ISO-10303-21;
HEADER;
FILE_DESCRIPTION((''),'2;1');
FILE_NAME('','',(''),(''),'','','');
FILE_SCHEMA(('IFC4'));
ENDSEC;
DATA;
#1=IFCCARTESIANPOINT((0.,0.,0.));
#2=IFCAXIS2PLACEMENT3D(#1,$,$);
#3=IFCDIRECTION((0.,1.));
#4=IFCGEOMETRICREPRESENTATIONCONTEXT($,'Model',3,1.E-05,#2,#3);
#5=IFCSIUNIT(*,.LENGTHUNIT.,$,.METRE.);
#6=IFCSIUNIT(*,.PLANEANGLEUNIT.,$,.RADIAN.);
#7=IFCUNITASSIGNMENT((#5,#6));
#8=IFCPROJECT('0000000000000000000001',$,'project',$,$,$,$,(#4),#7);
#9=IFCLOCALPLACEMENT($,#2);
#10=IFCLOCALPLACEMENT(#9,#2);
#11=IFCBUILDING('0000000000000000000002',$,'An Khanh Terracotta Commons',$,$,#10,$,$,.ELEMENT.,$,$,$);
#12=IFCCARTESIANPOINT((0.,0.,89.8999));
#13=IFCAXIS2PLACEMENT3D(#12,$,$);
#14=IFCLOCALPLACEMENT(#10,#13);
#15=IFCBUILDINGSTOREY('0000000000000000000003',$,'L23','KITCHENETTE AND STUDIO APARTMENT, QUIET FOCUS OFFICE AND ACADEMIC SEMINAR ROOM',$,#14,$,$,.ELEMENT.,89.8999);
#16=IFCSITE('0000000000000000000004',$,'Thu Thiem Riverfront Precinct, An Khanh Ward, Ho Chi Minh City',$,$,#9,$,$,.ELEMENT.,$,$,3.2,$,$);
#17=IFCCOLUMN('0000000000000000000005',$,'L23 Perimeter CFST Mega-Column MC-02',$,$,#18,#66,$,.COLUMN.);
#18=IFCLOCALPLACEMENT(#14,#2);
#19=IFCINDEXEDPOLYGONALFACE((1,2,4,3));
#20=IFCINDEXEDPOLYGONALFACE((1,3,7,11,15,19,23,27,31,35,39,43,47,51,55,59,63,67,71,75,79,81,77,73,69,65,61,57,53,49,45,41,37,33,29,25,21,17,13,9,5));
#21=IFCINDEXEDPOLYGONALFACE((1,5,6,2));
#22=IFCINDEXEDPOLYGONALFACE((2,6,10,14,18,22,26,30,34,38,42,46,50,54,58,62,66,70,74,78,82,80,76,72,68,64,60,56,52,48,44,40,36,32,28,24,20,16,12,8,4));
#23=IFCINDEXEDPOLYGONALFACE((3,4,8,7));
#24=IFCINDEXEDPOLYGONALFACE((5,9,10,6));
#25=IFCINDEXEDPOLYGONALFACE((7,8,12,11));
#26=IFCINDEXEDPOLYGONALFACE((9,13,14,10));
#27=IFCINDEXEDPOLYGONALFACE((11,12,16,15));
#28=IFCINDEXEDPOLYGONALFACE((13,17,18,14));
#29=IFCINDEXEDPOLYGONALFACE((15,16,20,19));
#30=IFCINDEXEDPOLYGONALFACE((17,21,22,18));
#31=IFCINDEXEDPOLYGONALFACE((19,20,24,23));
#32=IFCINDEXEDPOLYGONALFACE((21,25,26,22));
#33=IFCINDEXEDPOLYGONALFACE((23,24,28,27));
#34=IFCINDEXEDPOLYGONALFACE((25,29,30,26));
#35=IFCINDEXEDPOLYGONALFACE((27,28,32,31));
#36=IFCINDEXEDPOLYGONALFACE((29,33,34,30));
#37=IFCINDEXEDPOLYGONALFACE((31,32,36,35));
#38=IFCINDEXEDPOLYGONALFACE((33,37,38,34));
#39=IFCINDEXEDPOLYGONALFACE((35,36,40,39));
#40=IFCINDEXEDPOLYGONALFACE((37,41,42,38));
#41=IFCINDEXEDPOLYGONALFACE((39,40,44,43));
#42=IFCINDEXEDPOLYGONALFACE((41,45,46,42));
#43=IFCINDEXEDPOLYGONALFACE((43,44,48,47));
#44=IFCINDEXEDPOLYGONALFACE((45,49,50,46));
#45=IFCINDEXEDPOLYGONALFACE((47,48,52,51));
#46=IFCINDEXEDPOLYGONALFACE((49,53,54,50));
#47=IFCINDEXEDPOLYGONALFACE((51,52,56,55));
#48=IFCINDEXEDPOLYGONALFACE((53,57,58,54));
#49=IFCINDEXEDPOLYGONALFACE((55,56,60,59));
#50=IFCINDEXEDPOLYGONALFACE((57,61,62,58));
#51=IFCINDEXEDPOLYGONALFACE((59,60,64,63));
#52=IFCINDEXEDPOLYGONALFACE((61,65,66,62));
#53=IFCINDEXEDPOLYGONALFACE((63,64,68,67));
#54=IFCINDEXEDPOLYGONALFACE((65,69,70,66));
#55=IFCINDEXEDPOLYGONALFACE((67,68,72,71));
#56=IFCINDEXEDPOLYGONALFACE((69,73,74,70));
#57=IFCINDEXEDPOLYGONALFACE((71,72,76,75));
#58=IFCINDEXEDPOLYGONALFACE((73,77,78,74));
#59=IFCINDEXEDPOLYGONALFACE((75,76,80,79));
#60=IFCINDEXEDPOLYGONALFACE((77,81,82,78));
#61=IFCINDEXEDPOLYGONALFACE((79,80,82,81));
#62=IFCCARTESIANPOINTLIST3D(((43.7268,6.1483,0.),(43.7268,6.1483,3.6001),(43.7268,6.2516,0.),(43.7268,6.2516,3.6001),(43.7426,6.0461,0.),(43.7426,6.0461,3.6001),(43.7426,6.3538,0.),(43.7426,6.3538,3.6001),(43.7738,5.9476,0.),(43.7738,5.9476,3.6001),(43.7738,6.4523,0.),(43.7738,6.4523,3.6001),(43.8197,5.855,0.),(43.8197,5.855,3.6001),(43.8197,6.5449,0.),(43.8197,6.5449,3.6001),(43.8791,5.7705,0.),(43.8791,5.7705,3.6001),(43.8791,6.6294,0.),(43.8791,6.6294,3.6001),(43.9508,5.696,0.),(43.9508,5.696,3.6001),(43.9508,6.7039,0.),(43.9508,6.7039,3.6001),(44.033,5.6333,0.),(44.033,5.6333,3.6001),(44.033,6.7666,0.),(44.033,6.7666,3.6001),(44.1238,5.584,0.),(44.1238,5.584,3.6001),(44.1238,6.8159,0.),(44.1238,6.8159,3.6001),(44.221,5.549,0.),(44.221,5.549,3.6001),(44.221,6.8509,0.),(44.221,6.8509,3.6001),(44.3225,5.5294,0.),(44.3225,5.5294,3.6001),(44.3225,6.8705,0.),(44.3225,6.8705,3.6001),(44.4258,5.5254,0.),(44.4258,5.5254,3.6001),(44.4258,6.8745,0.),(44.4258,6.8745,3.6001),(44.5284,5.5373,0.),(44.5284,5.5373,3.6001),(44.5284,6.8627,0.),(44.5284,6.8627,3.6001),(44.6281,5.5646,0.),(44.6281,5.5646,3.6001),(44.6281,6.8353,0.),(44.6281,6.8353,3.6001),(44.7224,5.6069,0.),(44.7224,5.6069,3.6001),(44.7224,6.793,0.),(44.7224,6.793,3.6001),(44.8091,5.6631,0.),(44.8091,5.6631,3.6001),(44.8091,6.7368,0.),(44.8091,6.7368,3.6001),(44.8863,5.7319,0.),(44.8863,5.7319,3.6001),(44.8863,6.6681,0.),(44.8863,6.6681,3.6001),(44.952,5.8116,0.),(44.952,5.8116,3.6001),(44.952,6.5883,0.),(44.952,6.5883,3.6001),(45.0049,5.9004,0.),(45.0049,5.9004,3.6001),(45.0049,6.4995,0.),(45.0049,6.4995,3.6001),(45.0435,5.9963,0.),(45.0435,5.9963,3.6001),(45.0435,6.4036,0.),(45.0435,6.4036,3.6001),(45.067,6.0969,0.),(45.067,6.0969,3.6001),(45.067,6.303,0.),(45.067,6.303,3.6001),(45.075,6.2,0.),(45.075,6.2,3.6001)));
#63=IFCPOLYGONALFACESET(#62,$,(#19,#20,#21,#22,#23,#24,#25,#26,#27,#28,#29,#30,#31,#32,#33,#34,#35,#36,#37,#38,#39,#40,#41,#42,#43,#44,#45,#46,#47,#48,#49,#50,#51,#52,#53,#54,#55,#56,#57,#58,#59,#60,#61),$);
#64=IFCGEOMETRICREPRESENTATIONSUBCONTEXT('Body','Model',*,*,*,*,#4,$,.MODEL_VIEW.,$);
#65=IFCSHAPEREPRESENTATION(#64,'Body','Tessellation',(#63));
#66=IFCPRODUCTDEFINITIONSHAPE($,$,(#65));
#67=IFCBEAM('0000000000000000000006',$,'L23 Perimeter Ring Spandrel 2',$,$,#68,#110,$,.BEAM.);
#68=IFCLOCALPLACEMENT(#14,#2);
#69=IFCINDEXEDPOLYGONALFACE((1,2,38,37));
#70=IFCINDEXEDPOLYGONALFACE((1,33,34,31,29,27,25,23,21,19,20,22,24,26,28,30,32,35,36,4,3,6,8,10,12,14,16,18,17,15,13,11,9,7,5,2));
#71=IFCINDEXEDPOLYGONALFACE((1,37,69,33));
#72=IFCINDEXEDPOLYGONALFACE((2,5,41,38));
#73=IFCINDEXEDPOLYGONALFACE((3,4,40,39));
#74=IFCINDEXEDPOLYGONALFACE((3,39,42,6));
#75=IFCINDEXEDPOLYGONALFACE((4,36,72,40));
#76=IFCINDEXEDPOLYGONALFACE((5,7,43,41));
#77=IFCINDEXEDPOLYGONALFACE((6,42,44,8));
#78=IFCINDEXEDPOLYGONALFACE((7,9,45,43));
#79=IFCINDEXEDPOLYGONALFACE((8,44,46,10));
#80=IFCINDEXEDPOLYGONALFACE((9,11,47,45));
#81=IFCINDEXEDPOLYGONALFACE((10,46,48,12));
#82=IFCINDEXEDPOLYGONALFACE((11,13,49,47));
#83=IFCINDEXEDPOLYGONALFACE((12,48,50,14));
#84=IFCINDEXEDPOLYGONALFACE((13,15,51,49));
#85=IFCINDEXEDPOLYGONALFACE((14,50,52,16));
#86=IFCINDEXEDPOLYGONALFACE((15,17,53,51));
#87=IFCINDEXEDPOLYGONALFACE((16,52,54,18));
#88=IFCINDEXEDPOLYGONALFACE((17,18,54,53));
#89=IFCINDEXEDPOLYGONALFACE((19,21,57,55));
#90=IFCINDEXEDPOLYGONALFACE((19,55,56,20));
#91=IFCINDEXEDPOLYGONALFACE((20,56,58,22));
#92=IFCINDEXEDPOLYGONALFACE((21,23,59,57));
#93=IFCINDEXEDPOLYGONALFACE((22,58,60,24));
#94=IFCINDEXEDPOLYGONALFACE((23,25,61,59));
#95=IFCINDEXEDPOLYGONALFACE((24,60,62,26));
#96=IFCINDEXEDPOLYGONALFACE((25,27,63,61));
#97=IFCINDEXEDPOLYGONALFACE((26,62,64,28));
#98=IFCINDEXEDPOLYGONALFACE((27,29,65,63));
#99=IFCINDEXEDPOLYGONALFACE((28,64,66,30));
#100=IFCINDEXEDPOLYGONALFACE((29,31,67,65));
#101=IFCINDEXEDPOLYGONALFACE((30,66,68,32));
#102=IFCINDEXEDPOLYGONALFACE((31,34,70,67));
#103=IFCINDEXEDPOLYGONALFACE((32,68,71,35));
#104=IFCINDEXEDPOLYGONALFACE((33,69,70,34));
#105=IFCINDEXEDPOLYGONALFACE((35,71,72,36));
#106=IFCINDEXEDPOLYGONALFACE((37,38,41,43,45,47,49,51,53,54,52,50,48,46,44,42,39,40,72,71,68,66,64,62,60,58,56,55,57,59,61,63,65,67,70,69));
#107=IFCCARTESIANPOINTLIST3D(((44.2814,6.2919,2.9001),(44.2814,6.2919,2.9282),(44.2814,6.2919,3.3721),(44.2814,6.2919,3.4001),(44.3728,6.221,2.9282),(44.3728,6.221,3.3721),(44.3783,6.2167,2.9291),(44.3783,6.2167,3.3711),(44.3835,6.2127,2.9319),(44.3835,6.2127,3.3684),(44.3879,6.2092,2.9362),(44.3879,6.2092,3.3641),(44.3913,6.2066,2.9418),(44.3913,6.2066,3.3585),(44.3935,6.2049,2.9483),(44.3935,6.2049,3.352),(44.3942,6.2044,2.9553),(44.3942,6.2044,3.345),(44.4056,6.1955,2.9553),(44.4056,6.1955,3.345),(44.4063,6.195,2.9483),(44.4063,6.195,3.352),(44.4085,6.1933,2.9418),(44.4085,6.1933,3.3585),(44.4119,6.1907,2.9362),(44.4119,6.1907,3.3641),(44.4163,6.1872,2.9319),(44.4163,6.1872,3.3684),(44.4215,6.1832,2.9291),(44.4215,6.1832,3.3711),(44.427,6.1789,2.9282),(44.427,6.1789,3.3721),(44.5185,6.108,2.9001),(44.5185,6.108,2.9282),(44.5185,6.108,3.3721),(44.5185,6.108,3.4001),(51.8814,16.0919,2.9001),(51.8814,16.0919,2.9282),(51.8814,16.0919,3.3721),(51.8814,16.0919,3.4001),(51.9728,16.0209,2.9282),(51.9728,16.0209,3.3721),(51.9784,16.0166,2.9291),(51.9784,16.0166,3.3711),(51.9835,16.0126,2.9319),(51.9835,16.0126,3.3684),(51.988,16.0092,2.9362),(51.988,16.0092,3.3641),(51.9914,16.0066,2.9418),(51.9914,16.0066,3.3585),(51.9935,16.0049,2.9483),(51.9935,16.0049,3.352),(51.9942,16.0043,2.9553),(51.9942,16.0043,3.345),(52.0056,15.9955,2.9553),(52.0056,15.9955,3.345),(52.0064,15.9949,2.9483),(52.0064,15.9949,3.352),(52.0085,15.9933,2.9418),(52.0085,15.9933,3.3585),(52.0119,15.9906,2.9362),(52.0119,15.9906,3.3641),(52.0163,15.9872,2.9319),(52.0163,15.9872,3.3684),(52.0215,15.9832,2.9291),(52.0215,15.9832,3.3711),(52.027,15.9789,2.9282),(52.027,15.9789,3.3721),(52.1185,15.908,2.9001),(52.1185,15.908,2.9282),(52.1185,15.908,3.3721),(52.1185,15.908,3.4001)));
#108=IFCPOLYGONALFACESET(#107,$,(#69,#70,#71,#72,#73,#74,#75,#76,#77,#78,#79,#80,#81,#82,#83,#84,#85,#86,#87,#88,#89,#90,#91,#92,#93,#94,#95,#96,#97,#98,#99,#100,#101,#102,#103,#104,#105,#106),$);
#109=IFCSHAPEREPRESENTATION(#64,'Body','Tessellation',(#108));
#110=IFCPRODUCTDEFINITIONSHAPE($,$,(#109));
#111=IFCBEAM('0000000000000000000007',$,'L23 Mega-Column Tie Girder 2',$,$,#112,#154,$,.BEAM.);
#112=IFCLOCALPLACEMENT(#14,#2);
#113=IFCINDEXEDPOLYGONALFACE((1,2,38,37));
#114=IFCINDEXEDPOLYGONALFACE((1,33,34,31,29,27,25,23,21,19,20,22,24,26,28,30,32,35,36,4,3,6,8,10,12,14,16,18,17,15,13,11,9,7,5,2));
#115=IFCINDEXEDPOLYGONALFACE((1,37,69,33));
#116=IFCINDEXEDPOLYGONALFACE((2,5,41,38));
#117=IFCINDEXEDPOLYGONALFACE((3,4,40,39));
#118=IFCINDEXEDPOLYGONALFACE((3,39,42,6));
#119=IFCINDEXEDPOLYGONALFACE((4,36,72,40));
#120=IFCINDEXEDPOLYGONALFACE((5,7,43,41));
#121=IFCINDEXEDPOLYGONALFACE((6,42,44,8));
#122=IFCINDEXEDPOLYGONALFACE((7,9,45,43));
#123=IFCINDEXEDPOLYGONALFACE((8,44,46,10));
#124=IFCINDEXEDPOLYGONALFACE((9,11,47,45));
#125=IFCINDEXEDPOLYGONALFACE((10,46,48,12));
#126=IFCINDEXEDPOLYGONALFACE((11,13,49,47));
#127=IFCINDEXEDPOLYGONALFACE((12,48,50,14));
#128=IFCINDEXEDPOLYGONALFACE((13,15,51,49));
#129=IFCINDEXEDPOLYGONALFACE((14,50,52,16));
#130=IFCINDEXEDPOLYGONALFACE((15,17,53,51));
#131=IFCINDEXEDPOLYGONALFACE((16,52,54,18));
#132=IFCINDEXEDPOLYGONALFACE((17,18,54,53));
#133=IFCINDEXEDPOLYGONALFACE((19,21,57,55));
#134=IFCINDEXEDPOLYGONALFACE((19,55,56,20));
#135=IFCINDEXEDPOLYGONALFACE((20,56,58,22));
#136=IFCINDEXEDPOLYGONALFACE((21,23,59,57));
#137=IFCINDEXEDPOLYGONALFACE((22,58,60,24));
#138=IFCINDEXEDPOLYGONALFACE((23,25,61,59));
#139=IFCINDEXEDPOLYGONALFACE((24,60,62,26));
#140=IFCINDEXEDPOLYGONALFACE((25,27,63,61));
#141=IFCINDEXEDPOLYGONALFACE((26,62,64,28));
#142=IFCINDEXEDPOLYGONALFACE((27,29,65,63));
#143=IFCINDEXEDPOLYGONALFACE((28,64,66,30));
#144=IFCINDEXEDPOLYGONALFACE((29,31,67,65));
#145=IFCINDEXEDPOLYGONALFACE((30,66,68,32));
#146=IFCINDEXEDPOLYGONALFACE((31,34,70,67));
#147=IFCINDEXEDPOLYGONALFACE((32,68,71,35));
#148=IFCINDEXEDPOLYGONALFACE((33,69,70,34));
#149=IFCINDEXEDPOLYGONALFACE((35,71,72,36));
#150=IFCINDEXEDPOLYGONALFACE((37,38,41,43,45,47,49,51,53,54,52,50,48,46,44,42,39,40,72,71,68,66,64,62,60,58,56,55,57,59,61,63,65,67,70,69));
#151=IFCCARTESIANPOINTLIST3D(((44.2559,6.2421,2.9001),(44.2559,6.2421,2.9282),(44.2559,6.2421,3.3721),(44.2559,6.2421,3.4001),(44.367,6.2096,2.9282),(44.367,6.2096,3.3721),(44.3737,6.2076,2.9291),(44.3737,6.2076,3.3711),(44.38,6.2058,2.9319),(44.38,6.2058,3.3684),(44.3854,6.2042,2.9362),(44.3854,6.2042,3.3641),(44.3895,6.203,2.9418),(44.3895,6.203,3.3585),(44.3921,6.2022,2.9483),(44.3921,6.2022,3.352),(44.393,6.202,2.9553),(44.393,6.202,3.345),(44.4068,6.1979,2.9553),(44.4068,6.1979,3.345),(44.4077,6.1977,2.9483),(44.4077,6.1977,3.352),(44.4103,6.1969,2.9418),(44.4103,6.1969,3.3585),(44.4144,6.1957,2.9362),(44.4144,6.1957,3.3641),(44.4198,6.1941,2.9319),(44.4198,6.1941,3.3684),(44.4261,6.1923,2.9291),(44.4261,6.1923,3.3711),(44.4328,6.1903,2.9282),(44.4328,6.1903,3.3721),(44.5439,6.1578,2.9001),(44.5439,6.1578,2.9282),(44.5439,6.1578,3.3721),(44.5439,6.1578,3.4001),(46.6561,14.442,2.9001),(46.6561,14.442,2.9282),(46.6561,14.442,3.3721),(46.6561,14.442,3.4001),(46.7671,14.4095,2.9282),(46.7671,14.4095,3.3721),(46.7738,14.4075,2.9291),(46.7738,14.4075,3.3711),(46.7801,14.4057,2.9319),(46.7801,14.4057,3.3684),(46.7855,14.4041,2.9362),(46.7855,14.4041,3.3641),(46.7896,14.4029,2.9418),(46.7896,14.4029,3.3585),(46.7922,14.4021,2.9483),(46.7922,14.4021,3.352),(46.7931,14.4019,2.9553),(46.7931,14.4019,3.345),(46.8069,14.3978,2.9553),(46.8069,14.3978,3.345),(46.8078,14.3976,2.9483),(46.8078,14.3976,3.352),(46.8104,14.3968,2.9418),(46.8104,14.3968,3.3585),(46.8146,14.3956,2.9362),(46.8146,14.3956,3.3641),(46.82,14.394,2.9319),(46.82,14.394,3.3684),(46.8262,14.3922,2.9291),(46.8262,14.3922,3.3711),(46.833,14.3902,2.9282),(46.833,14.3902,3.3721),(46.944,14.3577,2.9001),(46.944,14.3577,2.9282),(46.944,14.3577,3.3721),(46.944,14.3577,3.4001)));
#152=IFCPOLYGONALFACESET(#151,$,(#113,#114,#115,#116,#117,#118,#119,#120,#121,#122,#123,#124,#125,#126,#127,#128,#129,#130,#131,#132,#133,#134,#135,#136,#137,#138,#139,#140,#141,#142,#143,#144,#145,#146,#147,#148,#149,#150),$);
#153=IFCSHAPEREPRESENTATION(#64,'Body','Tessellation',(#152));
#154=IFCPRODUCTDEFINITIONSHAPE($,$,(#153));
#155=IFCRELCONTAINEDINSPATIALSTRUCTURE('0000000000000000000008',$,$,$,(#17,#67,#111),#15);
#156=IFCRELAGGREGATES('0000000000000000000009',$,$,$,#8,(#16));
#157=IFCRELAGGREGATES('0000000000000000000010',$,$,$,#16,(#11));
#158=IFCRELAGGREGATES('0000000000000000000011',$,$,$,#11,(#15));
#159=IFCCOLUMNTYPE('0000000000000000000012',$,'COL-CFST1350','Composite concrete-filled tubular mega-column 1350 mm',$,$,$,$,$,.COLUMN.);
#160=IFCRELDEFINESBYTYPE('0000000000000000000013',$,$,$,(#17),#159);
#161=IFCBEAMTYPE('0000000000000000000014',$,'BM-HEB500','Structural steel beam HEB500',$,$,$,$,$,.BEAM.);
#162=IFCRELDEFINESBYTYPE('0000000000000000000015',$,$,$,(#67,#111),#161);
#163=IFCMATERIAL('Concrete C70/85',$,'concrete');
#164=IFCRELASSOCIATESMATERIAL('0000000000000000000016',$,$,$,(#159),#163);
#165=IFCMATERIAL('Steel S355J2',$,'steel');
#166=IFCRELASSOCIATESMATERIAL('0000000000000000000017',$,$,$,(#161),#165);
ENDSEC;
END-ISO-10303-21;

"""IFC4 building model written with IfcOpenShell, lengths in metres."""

from ifc_helpers import new_model, si_unit, direction, frame, origin, origin_2d, place, context, subcontext, project, spatial, circle, i_section, extrude, material, material_profile, profile_set, type_object, element, save


model = new_model("IFC4")

# Units and contexts
model_context = context("Model", 3, precision=1e-05, world=origin(), true_north=direction((0.0, 1.0)))
body_context = subcontext(model_context, "Body", "Model", "MODEL_VIEW")
ifc_project = project(units=[si_unit("LENGTHUNIT", "METRE"), si_unit("PLANEANGLEUNIT", "RADIAN")], contexts=[model_context])

# Site, building, storey
site_placement = place(None, origin())
site = spatial("IfcSite", under=ifc_project, at=site_placement, Name="Thu Thiem Riverfront Precinct, An Khanh Ward, Ho Chi Minh City", CompositionType="ELEMENT", RefElevation=3.2)
building_placement = place(site_placement, origin())
building = spatial("IfcBuilding", under=site, at=building_placement, Name="An Khanh Terracotta Commons", CompositionType="ELEMENT")
storey_placement = place(building_placement, frame((0.0, 0.0, 89.8999)))
storey = spatial("IfcBuildingStorey", under=building, at=storey_placement, Name="L23", Description="KITCHENETTE AND STUDIO APARTMENT, QUIET FOCUS OFFICE AND ACADEMIC SEMINAR ROOM", CompositionType="ELEMENT", Elevation=89.8999)

# Column
ifc_material_1 = material(Name="Concrete C70/85", Category="concrete")
ifc_material_profile_1 = material_profile(ifc_material_1, circle(Radius=0.675, at=origin_2d()), Name="CFST1350")
ifc_profile_set_1 = profile_set([ifc_material_profile_1], Name="Concrete C70/85")
column_type = type_object("IfcColumnType", Name="COL-CFST1350", Description="Composite concrete-filled tubular mega-column 1350 mm", PredefinedType="COLUMN", material=ifc_profile_set_1)
column_placement = place(storey_placement, frame((44.3999, 6.2, 0.0), z_axis=(0.0, 0.0, 1.0), x_axis=(1.0, 0.0, 0.0)))
element("IfcColumn", 1, at=column_placement, inside=storey, type_object=column_type, Name="L23 Perimeter CFST Mega-Column MC-02", PredefinedType="COLUMN", context=body_context, shape_type="SweptSolid", body=[
    extrude(circle(Radius=0.675, at=origin_2d()), origin(), (0.0, 0.0, 1.0), 3.6001),
])

# Beams
ifc_material_2 = material(Name="Steel S355J2", Category="steel")
ifc_material_profile_2 = material_profile(ifc_material_2, i_section(OverallWidth=0.3, OverallDepth=0.5, WebThickness=0.0144, FlangeThickness=0.0281, FilletRadius=0.0271, at=origin_2d()), Name="HEB500")
ifc_profile_set_2 = profile_set([ifc_material_profile_2], Name="Steel S355J2")
beam_type = type_object("IfcBeamType", Name="BM-HEB500", Description="Structural steel beam HEB500", PredefinedType="BEAM", material=ifc_profile_set_2)
beam_1_placement = place(storey_placement, frame((44.3999, 6.2, 3.1501), z_axis=(0.612827, 0.790217, 0.0), x_axis=(-0.790217, 0.612827, 0.0)))
element("IfcBeam", 2, at=beam_1_placement, inside=storey, type_object=beam_type, Name="L23 Perimeter Ring Spandrel 2", PredefinedType="BEAM", context=body_context, shape_type="SweptSolid", body=[
    extrude(i_section(OverallWidth=0.3, OverallDepth=0.5, WebThickness=0.0144, FlangeThickness=0.0281, FilletRadius=0.0271, at=origin_2d()), origin(), (0.0, 0.0, 1.0), 12.4016),
])
beam_2_placement = place(storey_placement, frame((44.3999, 6.2, 3.1501), z_axis=(0.280916, 0.959732, 0.0), x_axis=(-0.959732, 0.280916, 0.0)))
element("IfcBeam", 3, at=beam_2_placement, inside=storey, type_object=beam_type, Name="L23 Mega-Column Tie Girder 2", PredefinedType="BEAM", context=body_context, shape_type="SweptSolid", body=[
    extrude(i_section(OverallWidth=0.3, OverallDepth=0.5, WebThickness=0.0144, FlangeThickness=0.0281, FilletRadius=0.0271, at=origin_2d()), origin(), (0.0, 0.0, 1.0), 8.5439),
])

save(model, "model.ifc")
